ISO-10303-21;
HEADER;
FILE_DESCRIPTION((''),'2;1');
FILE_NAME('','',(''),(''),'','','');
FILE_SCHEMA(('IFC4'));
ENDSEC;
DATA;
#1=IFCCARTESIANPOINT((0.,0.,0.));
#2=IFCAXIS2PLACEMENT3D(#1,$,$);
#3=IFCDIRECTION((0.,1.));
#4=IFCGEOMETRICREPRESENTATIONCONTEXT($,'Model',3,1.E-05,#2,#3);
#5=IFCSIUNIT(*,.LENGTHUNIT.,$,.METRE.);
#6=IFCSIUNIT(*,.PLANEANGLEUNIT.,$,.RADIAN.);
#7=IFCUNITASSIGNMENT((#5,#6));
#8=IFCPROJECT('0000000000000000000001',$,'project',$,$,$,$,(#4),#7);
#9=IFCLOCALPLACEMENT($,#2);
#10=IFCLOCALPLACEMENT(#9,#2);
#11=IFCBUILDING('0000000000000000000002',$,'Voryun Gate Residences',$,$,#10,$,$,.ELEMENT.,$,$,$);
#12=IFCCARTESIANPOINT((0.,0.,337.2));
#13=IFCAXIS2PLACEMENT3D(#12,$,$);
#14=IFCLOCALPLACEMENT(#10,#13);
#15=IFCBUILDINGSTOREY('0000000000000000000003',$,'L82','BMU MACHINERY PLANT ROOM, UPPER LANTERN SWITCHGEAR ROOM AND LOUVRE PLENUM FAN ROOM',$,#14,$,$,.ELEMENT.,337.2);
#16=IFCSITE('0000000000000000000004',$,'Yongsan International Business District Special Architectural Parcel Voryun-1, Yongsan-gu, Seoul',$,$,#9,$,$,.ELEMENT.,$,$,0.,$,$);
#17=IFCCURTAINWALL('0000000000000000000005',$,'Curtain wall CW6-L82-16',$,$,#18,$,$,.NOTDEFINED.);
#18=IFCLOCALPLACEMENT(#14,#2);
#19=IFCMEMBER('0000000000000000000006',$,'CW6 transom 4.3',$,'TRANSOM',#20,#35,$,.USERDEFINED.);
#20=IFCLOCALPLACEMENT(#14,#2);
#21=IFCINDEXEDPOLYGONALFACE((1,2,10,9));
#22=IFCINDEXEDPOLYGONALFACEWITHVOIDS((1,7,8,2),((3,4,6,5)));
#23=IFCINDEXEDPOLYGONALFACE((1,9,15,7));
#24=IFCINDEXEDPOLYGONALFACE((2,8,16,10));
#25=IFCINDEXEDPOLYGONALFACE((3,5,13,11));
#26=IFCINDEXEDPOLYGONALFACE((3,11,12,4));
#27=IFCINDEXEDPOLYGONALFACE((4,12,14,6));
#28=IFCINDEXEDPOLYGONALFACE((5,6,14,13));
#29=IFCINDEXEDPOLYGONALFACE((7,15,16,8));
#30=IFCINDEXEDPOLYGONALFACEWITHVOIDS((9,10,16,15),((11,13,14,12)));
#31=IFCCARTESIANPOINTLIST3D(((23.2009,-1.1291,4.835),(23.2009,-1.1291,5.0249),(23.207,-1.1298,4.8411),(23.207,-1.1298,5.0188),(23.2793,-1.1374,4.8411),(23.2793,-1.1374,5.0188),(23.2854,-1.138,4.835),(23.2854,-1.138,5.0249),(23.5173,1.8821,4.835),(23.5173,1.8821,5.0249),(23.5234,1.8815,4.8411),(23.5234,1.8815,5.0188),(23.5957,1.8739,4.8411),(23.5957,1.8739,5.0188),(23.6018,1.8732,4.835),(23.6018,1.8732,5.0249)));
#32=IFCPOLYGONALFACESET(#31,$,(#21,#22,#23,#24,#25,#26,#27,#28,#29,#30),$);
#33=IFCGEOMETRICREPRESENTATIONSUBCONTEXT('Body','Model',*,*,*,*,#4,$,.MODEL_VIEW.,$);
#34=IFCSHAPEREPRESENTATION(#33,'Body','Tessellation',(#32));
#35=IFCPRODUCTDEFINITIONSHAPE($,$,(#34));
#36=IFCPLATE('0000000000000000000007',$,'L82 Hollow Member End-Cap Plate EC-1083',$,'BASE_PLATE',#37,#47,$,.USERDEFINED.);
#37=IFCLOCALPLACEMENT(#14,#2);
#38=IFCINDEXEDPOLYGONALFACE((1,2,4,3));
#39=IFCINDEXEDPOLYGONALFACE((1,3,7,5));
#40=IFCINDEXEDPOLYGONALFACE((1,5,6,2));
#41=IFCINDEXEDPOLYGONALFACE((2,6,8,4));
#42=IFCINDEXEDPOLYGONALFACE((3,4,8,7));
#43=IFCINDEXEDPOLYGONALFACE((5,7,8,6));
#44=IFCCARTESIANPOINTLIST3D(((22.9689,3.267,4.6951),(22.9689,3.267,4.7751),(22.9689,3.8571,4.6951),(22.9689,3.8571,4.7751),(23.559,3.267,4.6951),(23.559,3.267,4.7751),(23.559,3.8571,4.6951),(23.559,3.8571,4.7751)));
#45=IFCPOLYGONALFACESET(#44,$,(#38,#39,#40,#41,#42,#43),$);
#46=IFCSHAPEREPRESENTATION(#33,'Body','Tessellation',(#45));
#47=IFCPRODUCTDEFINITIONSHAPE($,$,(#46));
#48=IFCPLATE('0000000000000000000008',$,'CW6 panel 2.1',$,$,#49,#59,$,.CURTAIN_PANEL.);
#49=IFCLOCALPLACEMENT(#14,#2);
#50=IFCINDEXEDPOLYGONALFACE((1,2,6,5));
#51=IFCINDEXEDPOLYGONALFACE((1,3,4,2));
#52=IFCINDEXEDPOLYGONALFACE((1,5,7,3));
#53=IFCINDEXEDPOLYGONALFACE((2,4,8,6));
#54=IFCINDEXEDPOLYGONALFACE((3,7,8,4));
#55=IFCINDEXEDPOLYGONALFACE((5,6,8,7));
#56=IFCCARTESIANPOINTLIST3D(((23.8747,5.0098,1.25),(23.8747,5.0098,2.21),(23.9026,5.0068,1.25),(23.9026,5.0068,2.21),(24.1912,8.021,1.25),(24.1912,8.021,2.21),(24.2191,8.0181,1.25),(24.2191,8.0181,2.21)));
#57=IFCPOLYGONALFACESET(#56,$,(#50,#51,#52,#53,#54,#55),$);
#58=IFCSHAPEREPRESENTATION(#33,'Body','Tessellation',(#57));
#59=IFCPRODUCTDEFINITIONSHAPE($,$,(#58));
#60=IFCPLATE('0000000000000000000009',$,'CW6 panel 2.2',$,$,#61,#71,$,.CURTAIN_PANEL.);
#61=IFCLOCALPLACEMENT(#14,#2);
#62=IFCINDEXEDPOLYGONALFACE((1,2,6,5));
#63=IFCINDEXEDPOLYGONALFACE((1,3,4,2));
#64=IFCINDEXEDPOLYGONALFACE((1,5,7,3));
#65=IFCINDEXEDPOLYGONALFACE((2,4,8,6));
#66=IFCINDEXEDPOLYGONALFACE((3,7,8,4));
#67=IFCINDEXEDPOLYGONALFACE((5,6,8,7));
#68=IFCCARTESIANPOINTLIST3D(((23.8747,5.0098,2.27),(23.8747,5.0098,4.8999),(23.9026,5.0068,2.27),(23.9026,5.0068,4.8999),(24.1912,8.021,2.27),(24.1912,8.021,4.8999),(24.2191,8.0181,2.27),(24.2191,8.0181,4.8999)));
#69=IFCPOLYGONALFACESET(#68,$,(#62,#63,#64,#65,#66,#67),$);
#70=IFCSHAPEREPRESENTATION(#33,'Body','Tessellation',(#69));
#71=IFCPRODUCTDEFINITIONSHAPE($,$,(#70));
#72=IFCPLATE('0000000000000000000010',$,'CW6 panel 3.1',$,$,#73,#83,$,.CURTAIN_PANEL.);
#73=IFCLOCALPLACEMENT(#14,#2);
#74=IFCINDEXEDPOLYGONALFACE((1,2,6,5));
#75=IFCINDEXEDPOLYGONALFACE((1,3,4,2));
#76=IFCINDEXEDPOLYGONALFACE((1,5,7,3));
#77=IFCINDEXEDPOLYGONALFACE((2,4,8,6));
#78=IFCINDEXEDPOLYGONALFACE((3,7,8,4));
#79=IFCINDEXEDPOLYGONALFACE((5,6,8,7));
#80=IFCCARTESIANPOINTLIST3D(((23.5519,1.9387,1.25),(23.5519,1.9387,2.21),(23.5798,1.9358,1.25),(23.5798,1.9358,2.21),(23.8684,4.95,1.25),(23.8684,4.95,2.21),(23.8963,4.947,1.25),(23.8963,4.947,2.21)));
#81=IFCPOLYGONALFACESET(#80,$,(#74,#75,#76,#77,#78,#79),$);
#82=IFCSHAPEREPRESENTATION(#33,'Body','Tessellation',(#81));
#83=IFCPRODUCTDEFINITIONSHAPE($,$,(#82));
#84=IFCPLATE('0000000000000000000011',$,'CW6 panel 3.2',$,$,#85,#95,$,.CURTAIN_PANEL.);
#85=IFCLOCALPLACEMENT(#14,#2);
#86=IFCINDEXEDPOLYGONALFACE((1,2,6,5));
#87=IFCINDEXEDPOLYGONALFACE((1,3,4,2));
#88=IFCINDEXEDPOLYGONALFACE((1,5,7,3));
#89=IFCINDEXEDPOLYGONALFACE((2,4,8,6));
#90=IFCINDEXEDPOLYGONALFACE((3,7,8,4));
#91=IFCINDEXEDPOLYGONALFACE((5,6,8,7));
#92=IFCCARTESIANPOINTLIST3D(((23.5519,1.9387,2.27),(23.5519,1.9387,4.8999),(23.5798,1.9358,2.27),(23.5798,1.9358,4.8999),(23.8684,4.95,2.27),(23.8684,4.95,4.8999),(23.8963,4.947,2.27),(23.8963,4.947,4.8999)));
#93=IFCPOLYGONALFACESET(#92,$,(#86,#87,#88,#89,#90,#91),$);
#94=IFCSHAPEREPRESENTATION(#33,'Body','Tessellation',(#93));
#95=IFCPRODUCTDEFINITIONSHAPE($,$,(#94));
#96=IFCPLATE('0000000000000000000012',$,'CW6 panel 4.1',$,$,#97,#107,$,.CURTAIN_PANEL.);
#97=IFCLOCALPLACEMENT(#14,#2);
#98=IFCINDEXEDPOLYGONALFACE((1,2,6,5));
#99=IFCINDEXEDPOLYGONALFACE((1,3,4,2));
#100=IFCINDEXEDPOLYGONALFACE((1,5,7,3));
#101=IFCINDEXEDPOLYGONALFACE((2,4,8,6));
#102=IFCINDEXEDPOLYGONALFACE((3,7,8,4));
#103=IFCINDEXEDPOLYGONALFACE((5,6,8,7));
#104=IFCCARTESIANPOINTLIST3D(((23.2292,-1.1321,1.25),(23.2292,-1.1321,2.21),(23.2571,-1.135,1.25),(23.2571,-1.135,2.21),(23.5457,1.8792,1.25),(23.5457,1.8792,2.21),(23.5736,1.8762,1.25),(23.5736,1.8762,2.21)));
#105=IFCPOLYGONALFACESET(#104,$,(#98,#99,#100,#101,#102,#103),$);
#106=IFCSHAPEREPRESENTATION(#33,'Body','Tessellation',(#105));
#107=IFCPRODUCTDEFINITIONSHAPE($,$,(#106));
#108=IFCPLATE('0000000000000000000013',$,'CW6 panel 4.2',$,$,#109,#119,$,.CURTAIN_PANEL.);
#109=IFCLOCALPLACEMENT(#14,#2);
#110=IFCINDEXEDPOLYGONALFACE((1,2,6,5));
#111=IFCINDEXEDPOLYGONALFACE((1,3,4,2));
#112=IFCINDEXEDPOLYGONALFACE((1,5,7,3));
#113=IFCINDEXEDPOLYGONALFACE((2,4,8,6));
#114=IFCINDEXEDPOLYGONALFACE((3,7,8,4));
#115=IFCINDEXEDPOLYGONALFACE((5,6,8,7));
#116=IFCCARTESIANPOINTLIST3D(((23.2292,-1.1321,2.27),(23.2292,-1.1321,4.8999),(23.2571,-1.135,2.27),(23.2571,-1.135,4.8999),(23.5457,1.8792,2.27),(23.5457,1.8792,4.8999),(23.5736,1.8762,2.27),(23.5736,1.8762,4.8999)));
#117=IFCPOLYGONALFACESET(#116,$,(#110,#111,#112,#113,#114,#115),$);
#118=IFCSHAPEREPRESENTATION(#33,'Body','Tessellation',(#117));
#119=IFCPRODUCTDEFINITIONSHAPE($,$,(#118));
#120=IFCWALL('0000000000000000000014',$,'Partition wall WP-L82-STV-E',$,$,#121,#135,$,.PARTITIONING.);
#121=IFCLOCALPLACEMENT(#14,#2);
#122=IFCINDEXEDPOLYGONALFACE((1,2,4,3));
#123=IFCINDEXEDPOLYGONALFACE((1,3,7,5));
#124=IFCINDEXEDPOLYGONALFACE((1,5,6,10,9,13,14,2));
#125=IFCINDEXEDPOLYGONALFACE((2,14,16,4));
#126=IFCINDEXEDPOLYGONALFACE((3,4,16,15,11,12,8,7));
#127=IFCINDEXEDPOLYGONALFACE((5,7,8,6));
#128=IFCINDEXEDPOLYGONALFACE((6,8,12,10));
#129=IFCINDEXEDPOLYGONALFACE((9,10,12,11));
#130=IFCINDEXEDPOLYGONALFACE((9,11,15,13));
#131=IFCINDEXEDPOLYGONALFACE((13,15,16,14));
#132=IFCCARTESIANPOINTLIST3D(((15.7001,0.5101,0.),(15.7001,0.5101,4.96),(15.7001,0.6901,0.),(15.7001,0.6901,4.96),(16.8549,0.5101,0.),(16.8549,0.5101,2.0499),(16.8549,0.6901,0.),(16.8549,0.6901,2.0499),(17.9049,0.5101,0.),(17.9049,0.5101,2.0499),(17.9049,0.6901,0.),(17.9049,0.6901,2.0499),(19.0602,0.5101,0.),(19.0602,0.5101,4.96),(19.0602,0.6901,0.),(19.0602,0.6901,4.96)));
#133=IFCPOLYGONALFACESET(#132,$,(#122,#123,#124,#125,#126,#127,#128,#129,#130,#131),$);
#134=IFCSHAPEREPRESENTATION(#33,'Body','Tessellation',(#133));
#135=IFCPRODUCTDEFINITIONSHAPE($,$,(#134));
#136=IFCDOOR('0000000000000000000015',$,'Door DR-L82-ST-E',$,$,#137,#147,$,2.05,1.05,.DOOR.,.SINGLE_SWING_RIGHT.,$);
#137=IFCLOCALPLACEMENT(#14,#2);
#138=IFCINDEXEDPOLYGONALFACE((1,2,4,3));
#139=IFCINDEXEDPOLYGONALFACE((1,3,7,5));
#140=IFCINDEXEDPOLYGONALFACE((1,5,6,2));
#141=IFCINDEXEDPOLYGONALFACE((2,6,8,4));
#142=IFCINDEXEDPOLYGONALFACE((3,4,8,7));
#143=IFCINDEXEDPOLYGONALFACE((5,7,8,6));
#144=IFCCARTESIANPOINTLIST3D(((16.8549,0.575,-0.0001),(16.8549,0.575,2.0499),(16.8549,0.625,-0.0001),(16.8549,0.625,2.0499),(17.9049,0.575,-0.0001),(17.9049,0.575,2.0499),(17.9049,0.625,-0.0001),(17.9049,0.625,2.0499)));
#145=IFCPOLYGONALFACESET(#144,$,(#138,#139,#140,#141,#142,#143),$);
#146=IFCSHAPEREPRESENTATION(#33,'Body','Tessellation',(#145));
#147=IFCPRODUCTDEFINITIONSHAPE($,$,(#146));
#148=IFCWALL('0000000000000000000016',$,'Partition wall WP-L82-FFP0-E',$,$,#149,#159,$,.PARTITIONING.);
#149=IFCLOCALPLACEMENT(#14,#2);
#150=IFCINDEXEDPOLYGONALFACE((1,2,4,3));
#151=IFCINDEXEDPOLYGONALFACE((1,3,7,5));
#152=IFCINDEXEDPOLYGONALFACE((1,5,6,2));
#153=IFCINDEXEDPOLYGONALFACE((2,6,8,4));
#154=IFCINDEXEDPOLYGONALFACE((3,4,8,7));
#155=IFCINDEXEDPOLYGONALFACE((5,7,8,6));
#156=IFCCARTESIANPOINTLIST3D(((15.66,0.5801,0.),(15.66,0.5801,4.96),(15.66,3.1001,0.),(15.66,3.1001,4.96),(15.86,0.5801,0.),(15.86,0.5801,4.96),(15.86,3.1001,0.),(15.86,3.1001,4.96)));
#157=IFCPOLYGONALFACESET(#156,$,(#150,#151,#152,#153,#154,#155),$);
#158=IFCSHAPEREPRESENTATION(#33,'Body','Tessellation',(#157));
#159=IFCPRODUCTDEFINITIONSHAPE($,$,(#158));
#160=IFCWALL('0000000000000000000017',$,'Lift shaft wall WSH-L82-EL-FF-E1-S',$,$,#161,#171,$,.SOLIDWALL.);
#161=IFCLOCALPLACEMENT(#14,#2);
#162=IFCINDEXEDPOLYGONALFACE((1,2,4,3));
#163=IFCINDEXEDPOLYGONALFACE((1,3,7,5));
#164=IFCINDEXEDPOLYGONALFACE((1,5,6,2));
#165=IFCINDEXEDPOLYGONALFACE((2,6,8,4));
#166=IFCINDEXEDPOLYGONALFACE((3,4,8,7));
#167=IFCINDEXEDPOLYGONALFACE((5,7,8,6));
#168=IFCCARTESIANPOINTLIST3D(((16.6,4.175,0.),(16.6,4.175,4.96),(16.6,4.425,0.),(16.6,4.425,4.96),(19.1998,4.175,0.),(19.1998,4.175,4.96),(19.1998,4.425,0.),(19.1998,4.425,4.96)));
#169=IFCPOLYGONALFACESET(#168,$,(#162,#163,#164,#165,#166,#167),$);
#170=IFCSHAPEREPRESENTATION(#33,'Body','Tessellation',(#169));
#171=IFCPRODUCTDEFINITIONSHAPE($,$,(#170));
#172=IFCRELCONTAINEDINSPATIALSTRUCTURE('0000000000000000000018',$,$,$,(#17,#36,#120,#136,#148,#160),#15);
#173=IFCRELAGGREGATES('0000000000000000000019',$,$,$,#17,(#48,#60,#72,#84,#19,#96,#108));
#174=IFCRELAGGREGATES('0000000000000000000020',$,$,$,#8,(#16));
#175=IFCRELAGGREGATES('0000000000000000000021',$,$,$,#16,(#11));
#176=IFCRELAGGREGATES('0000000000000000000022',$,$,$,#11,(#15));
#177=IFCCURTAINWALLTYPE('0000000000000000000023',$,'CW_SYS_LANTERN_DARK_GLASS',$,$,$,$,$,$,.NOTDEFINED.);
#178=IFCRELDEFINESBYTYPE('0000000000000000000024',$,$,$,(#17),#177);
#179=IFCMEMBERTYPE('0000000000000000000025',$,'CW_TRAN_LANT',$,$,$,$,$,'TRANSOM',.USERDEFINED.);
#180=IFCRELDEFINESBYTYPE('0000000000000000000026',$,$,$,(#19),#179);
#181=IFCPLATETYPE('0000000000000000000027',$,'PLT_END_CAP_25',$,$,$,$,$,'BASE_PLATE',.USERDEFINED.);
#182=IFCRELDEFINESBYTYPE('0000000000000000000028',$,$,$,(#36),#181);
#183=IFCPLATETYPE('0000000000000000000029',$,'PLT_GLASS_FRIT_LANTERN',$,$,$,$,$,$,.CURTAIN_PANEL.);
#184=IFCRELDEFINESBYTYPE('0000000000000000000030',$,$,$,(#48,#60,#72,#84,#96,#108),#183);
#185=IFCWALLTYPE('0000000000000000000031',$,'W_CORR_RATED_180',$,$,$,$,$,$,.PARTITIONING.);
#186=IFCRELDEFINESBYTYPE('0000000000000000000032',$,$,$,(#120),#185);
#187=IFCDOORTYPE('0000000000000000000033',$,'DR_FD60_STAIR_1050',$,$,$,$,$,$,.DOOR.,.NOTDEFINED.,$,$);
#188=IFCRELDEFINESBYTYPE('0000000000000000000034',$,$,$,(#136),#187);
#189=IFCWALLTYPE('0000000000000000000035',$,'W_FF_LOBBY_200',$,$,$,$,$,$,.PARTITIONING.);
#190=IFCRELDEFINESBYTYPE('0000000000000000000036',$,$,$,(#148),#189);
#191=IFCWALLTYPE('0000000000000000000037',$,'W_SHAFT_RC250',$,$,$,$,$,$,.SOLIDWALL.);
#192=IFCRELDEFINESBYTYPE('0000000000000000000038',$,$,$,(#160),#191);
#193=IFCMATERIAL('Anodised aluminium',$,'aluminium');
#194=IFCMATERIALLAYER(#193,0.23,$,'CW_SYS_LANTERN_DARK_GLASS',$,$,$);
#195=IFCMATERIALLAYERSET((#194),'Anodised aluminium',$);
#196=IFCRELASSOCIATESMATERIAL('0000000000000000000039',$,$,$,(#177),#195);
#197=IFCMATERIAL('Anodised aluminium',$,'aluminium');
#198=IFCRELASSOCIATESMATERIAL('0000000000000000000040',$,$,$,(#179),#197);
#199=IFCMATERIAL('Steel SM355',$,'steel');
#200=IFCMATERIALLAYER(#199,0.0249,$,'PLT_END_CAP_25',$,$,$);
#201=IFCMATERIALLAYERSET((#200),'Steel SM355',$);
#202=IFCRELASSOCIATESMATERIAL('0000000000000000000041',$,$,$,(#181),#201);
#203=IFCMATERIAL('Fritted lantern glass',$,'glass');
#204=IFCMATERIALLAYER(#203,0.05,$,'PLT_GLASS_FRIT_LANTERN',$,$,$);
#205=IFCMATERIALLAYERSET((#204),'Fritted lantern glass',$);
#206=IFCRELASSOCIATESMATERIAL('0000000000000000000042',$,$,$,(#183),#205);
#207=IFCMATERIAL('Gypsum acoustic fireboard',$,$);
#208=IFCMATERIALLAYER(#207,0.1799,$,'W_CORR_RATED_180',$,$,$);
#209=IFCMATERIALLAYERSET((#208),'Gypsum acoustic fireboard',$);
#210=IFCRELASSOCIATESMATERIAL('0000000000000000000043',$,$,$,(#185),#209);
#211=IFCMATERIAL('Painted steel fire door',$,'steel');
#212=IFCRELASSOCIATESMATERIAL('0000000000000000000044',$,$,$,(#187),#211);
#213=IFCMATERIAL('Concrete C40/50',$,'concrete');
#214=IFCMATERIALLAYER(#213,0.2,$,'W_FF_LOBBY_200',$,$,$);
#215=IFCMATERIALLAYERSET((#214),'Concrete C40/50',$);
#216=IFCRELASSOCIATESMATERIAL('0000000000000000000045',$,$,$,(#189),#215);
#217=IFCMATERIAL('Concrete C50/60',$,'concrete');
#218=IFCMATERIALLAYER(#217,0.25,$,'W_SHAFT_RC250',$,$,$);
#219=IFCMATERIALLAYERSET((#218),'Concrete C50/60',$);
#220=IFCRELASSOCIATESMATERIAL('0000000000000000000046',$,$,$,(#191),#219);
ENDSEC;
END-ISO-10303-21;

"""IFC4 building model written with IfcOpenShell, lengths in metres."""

from ifc_helpers import new_model, si_unit, direction, frame, frame_2d, origin, origin_2d, place, context, subcontext, project, spatial, rectangle, hollow_rectangle, extrude, material, layer, layer_set, material_profile, profile_set, type_object, element, fill, aggregate, save


model = new_model("IFC4")

# Units and contexts
model_context = context("Model", 3, precision=1e-05, world=origin(), true_north=direction((0.0, 1.0)))
body_context = subcontext(model_context, "Body", "Model", "MODEL_VIEW")
ifc_project = project(units=[si_unit("LENGTHUNIT", "METRE"), si_unit("PLANEANGLEUNIT", "RADIAN")], contexts=[model_context])

# Site, building, storey
site_placement = place(None, origin())
site = spatial("IfcSite", under=ifc_project, at=site_placement, Name="Yongsan International Business District Special Architectural Parcel Voryun-1, Yongsan-gu, Seoul", CompositionType="ELEMENT", RefElevation=0.0)
building_placement = place(site_placement, origin())
building = spatial("IfcBuilding", under=site, at=building_placement, Name="Voryun Gate Residences", CompositionType="ELEMENT")
storey_placement = place(building_placement, frame((0.0, 0.0, 337.2)))
storey = spatial("IfcBuildingStorey", under=building, at=storey_placement, Name="L82", Description="BMU MACHINERY PLANT ROOM, UPPER LANTERN SWITCHGEAR ROOM AND LOUVRE PLENUM FAN ROOM", CompositionType="ELEMENT", Elevation=337.2)

# Curtain wall, member
ifc_material_1 = material(Name="Anodised aluminium", Category="aluminium")
ifc_layer_1 = layer(ifc_material_1, 0.23, Name="CW_SYS_LANTERN_DARK_GLASS")
ifc_layer_set_1 = layer_set([ifc_layer_1], Name="Anodised aluminium")
curtain_wall_type = type_object("IfcCurtainWallType", Name="CW_SYS_LANTERN_DARK_GLASS", PredefinedType="NOTDEFINED", material=ifc_layer_set_1)
curtain_wall_placement = place(storey_placement, origin())
curtain_wall = element("IfcCurtainWall", 1, at=curtain_wall_placement, inside=storey, type_object=curtain_wall_type, Name="Curtain wall CW6-L82-16", PredefinedType="NOTDEFINED")
ifc_material_2 = material(Name="Anodised aluminium", Category="aluminium")
ifc_material_profile_1 = material_profile(ifc_material_2, hollow_rectangle(XDim=0.085, YDim=0.1899, WallThickness=0.0061, at=origin_2d()), Name="ALU-TRAN-190x85x6")
ifc_profile_set_1 = profile_set([ifc_material_profile_1], Name="Anodised aluminium")
member_type_1 = type_object("IfcMemberType", Name="CW_TRAN_LANT", ElementType="TRANSOM", PredefinedType="USERDEFINED", material=ifc_profile_set_1)
member_1_placement = place(storey_placement, frame((23.5596, 1.8777, 4.9299), z_axis=(-0.1045, -0.994525, 0.0), x_axis=(0.994525, -0.1045, 0.0)))
member_1 = element("IfcMember", 2, at=member_1_placement, type_object=member_type_1, Name="CW6 transom 4.3", ObjectType="TRANSOM", PredefinedType="USERDEFINED", context=body_context, shape_type="SweptSolid", body=[
    extrude(hollow_rectangle(XDim=0.085, YDim=0.1899, WallThickness=0.0061, at=origin_2d()), origin(), (0.0, 0.0, 1.0), 3.0278),
])

# Plates
ifc_material_3 = material(Name="Steel SM355", Category="steel")
ifc_layer_2 = layer(ifc_material_3, 0.0249, Name="PLT_END_CAP_25")
ifc_layer_set_2 = layer_set([ifc_layer_2], Name="Steel SM355")
plate_type_1 = type_object("IfcPlateType", Name="PLT_END_CAP_25", ElementType="BASE_PLATE", PredefinedType="USERDEFINED", material=ifc_layer_set_2)
plate_1_placement = place(storey_placement, frame((23.2639, 3.562, 4.6951), z_axis=(0.0, 0.0, 1.0), x_axis=(1.0, 0.0, 0.0)))
element("IfcPlate", 3, at=plate_1_placement, inside=storey, type_object=plate_type_1, Name="L82 Hollow Member End-Cap Plate EC-1083", ObjectType="BASE_PLATE", PredefinedType="USERDEFINED", context=body_context, shape_type="SweptSolid", body=[
    extrude(rectangle(XDim=0.5901, YDim=0.5901, at=origin_2d()), origin(), (0.0, 0.0, 1.0), 0.0801),
])
ifc_material_4 = material(Name="Fritted lantern glass", Category="glass")
ifc_layer_3 = layer(ifc_material_4, 0.05, Name="PLT_GLASS_FRIT_LANTERN")
ifc_layer_set_3 = layer_set([ifc_layer_3], Name="Fritted lantern glass")
plate_type_2 = type_object("IfcPlateType", Name="PLT_GLASS_FRIT_LANTERN", PredefinedType="CURTAIN_PANEL", material=ifc_layer_set_3)
plate_2_placement = place(storey_placement, frame((24.0469, 6.5139, 1.25), z_axis=(0.0, 0.0, 1.0), x_axis=(-0.104528, -0.994522, 0.0)))
plate_2 = element("IfcPlate", 4, at=plate_2_placement, type_object=plate_type_2, Name="CW6 panel 2.1", PredefinedType="CURTAIN_PANEL", context=body_context, shape_type="SweptSolid", body=[
    extrude(rectangle(XDim=3.0278, YDim=0.0281, at=origin_2d()), origin(), (0.0, 0.0, 1.0), 0.96),
])
plate_3_placement = place(storey_placement, frame((24.0469, 6.5139, 2.27), z_axis=(0.0, 0.0, 1.0), x_axis=(-0.104528, -0.994522, 0.0)))
plate_3 = element("IfcPlate", 5, at=plate_3_placement, type_object=plate_type_2, Name="CW6 panel 2.2", PredefinedType="CURTAIN_PANEL", context=body_context, shape_type="SweptSolid", body=[
    extrude(rectangle(XDim=3.0278, YDim=0.0281, at=origin_2d()), origin(), (0.0, 0.0, 1.0), 2.6299),
])
plate_4_placement = place(storey_placement, frame((23.7241, 3.4429, 1.25), z_axis=(0.0, 0.0, 1.0), x_axis=(-0.104528, -0.994522, 0.0)))
plate_4 = element("IfcPlate", 6, at=plate_4_placement, type_object=plate_type_2, Name="CW6 panel 3.1", PredefinedType="CURTAIN_PANEL", context=body_context, shape_type="SweptSolid", body=[
    extrude(rectangle(XDim=3.0278, YDim=0.0281, at=origin_2d()), origin(), (0.0, 0.0, 1.0), 0.96),
])
plate_5_placement = place(storey_placement, frame((23.7241, 3.4429, 2.27), z_axis=(0.0, 0.0, 1.0), x_axis=(-0.104528, -0.994522, 0.0)))
plate_5 = element("IfcPlate", 7, at=plate_5_placement, type_object=plate_type_2, Name="CW6 panel 3.2", PredefinedType="CURTAIN_PANEL", context=body_context, shape_type="SweptSolid", body=[
    extrude(rectangle(XDim=3.0278, YDim=0.0281, at=origin_2d()), origin(), (0.0, 0.0, 1.0), 2.6299),
])
plate_6_placement = place(storey_placement, frame((23.4014, 0.3721, 1.25), z_axis=(0.0, 0.0, 1.0), x_axis=(-0.104528, -0.994522, 0.0)))
plate_6 = element("IfcPlate", 8, at=plate_6_placement, type_object=plate_type_2, Name="CW6 panel 4.1", PredefinedType="CURTAIN_PANEL", context=body_context, shape_type="SweptSolid", body=[
    extrude(rectangle(XDim=3.0278, YDim=0.0281, at=origin_2d()), origin(), (0.0, 0.0, 1.0), 0.96),
])
plate_7_placement = place(storey_placement, frame((23.4014, 0.3721, 2.27), z_axis=(0.0, 0.0, 1.0), x_axis=(-0.104528, -0.994522, 0.0)))
plate_7 = element("IfcPlate", 9, at=plate_7_placement, type_object=plate_type_2, Name="CW6 panel 4.2", PredefinedType="CURTAIN_PANEL", context=body_context, shape_type="SweptSolid", body=[
    extrude(rectangle(XDim=3.0278, YDim=0.0281, at=origin_2d()), origin(), (0.0, 0.0, 1.0), 2.6299),
])
aggregate(curtain_wall, [plate_2, plate_3, plate_4, plate_5, member_1, plate_6, plate_7])

# Wall, opening, door
ifc_material_5 = material(Name="Gypsum acoustic fireboard")
ifc_layer_4 = layer(ifc_material_5, 0.1799, Name="W_CORR_RATED_180")
ifc_layer_set_4 = layer_set([ifc_layer_4], Name="Gypsum acoustic fireboard")
wall_type_1 = type_object("IfcWallType", Name="W_CORR_RATED_180", PredefinedType="PARTITIONING", material=ifc_layer_set_4)
wall_1_placement = place(storey_placement, frame((15.7, 0.6001, 0.0), z_axis=(0.0, 0.0, 1.0), x_axis=(1.0, 0.0, 0.0)))
wall_1 = element("IfcWall", 10, at=wall_1_placement, inside=storey, type_object=wall_type_1, Name="Partition wall WP-L82-STV-E", PredefinedType="PARTITIONING", context=body_context, shape_type="SweptSolid", body=[
    extrude(rectangle(XDim=3.3601, YDim=0.1799, at=frame_2d((1.6802, 0.0))), origin(), (0.0, 0.0, 1.0), 4.96),
])
opening_1_placement = place(wall_1_placement, frame((1.155, 0.0, 0.0)))
opening_1 = element("IfcOpeningElement", 11, at=opening_1_placement, cuts=wall_1, PredefinedType="OPENING", context=body_context, shape_type="SweptSolid", body=[
    extrude(rectangle(XDim=1.05, YDim=2.05, at=frame_2d((0.5249, 1.0249))), frame((0.0, 0.0999, 0.0), z_axis=(0.0, -1.0, 0.0), x_axis=(1.0, 0.0, 0.0)), (0.0, 0.0, 1.0), 0.2),
])
ifc_material_6 = material(Name="Painted steel fire door", Category="steel")
door_type_1 = type_object("IfcDoorType", Name="DR_FD60_STAIR_1050", OperationType="NOTDEFINED", PredefinedType="DOOR", material=ifc_material_6)
door_1_placement = place(opening_1_placement, origin())
door_1 = element("IfcDoor", 12, at=door_1_placement, inside=storey, type_object=door_type_1, Name="Door DR-L82-ST-E", OperationType="SINGLE_SWING_RIGHT", OverallHeight=2.05, OverallWidth=1.05, PredefinedType="DOOR", context=body_context, shape_type="SweptSolid", body=[
    extrude(rectangle(XDim=1.05, YDim=2.05, at=frame_2d((0.5249, 1.0249))), frame((0.0, 0.0249, 0.0), z_axis=(0.0, -1.0, 0.0), x_axis=(1.0, 0.0, 0.0)), (0.0, 0.0, 1.0), 0.05),
])
fill(opening_1, door_1)

# Walls
ifc_material_7 = material(Name="Concrete C40/50", Category="concrete")
ifc_layer_5 = layer(ifc_material_7, 0.2, Name="W_FF_LOBBY_200")
ifc_layer_set_5 = layer_set([ifc_layer_5], Name="Concrete C40/50")
wall_type_2 = type_object("IfcWallType", Name="W_FF_LOBBY_200", PredefinedType="PARTITIONING", material=ifc_layer_set_5)
wall_2_placement = place(storey_placement, frame((15.76, 0.5801, 0.0), z_axis=(0.0, 0.0, 1.0), x_axis=(0.0, 1.0, 0.0)))
element("IfcWall", 13, at=wall_2_placement, inside=storey, type_object=wall_type_2, Name="Partition wall WP-L82-FFP0-E", PredefinedType="PARTITIONING", context=body_context, shape_type="SweptSolid", body=[
    extrude(rectangle(XDim=2.52, YDim=0.2, at=frame_2d((1.26, 0.0))), origin(), (0.0, 0.0, 1.0), 4.96),
])
ifc_material_8 = material(Name="Concrete C50/60", Category="concrete")
ifc_layer_6 = layer(ifc_material_8, 0.25, Name="W_SHAFT_RC250")
ifc_layer_set_6 = layer_set([ifc_layer_6], Name="Concrete C50/60")
wall_type_3 = type_object("IfcWallType", Name="W_SHAFT_RC250", PredefinedType="SOLIDWALL", material=ifc_layer_set_6)
wall_3_placement = place(storey_placement, frame((16.6001, 4.3, 0.0), z_axis=(0.0, 0.0, 1.0), x_axis=(1.0, 0.0, 0.0)))
element("IfcWall", 14, at=wall_3_placement, inside=storey, type_object=wall_type_3, Name="Lift shaft wall WSH-L82-EL-FF-E1-S", PredefinedType="SOLIDWALL", context=body_context, shape_type="SweptSolid", body=[
    extrude(rectangle(XDim=2.5999, YDim=0.25, at=frame_2d((1.2998, 0.0))), origin(), (0.0, 0.0, 1.0), 4.96),
])

save(model, "model.ifc")
